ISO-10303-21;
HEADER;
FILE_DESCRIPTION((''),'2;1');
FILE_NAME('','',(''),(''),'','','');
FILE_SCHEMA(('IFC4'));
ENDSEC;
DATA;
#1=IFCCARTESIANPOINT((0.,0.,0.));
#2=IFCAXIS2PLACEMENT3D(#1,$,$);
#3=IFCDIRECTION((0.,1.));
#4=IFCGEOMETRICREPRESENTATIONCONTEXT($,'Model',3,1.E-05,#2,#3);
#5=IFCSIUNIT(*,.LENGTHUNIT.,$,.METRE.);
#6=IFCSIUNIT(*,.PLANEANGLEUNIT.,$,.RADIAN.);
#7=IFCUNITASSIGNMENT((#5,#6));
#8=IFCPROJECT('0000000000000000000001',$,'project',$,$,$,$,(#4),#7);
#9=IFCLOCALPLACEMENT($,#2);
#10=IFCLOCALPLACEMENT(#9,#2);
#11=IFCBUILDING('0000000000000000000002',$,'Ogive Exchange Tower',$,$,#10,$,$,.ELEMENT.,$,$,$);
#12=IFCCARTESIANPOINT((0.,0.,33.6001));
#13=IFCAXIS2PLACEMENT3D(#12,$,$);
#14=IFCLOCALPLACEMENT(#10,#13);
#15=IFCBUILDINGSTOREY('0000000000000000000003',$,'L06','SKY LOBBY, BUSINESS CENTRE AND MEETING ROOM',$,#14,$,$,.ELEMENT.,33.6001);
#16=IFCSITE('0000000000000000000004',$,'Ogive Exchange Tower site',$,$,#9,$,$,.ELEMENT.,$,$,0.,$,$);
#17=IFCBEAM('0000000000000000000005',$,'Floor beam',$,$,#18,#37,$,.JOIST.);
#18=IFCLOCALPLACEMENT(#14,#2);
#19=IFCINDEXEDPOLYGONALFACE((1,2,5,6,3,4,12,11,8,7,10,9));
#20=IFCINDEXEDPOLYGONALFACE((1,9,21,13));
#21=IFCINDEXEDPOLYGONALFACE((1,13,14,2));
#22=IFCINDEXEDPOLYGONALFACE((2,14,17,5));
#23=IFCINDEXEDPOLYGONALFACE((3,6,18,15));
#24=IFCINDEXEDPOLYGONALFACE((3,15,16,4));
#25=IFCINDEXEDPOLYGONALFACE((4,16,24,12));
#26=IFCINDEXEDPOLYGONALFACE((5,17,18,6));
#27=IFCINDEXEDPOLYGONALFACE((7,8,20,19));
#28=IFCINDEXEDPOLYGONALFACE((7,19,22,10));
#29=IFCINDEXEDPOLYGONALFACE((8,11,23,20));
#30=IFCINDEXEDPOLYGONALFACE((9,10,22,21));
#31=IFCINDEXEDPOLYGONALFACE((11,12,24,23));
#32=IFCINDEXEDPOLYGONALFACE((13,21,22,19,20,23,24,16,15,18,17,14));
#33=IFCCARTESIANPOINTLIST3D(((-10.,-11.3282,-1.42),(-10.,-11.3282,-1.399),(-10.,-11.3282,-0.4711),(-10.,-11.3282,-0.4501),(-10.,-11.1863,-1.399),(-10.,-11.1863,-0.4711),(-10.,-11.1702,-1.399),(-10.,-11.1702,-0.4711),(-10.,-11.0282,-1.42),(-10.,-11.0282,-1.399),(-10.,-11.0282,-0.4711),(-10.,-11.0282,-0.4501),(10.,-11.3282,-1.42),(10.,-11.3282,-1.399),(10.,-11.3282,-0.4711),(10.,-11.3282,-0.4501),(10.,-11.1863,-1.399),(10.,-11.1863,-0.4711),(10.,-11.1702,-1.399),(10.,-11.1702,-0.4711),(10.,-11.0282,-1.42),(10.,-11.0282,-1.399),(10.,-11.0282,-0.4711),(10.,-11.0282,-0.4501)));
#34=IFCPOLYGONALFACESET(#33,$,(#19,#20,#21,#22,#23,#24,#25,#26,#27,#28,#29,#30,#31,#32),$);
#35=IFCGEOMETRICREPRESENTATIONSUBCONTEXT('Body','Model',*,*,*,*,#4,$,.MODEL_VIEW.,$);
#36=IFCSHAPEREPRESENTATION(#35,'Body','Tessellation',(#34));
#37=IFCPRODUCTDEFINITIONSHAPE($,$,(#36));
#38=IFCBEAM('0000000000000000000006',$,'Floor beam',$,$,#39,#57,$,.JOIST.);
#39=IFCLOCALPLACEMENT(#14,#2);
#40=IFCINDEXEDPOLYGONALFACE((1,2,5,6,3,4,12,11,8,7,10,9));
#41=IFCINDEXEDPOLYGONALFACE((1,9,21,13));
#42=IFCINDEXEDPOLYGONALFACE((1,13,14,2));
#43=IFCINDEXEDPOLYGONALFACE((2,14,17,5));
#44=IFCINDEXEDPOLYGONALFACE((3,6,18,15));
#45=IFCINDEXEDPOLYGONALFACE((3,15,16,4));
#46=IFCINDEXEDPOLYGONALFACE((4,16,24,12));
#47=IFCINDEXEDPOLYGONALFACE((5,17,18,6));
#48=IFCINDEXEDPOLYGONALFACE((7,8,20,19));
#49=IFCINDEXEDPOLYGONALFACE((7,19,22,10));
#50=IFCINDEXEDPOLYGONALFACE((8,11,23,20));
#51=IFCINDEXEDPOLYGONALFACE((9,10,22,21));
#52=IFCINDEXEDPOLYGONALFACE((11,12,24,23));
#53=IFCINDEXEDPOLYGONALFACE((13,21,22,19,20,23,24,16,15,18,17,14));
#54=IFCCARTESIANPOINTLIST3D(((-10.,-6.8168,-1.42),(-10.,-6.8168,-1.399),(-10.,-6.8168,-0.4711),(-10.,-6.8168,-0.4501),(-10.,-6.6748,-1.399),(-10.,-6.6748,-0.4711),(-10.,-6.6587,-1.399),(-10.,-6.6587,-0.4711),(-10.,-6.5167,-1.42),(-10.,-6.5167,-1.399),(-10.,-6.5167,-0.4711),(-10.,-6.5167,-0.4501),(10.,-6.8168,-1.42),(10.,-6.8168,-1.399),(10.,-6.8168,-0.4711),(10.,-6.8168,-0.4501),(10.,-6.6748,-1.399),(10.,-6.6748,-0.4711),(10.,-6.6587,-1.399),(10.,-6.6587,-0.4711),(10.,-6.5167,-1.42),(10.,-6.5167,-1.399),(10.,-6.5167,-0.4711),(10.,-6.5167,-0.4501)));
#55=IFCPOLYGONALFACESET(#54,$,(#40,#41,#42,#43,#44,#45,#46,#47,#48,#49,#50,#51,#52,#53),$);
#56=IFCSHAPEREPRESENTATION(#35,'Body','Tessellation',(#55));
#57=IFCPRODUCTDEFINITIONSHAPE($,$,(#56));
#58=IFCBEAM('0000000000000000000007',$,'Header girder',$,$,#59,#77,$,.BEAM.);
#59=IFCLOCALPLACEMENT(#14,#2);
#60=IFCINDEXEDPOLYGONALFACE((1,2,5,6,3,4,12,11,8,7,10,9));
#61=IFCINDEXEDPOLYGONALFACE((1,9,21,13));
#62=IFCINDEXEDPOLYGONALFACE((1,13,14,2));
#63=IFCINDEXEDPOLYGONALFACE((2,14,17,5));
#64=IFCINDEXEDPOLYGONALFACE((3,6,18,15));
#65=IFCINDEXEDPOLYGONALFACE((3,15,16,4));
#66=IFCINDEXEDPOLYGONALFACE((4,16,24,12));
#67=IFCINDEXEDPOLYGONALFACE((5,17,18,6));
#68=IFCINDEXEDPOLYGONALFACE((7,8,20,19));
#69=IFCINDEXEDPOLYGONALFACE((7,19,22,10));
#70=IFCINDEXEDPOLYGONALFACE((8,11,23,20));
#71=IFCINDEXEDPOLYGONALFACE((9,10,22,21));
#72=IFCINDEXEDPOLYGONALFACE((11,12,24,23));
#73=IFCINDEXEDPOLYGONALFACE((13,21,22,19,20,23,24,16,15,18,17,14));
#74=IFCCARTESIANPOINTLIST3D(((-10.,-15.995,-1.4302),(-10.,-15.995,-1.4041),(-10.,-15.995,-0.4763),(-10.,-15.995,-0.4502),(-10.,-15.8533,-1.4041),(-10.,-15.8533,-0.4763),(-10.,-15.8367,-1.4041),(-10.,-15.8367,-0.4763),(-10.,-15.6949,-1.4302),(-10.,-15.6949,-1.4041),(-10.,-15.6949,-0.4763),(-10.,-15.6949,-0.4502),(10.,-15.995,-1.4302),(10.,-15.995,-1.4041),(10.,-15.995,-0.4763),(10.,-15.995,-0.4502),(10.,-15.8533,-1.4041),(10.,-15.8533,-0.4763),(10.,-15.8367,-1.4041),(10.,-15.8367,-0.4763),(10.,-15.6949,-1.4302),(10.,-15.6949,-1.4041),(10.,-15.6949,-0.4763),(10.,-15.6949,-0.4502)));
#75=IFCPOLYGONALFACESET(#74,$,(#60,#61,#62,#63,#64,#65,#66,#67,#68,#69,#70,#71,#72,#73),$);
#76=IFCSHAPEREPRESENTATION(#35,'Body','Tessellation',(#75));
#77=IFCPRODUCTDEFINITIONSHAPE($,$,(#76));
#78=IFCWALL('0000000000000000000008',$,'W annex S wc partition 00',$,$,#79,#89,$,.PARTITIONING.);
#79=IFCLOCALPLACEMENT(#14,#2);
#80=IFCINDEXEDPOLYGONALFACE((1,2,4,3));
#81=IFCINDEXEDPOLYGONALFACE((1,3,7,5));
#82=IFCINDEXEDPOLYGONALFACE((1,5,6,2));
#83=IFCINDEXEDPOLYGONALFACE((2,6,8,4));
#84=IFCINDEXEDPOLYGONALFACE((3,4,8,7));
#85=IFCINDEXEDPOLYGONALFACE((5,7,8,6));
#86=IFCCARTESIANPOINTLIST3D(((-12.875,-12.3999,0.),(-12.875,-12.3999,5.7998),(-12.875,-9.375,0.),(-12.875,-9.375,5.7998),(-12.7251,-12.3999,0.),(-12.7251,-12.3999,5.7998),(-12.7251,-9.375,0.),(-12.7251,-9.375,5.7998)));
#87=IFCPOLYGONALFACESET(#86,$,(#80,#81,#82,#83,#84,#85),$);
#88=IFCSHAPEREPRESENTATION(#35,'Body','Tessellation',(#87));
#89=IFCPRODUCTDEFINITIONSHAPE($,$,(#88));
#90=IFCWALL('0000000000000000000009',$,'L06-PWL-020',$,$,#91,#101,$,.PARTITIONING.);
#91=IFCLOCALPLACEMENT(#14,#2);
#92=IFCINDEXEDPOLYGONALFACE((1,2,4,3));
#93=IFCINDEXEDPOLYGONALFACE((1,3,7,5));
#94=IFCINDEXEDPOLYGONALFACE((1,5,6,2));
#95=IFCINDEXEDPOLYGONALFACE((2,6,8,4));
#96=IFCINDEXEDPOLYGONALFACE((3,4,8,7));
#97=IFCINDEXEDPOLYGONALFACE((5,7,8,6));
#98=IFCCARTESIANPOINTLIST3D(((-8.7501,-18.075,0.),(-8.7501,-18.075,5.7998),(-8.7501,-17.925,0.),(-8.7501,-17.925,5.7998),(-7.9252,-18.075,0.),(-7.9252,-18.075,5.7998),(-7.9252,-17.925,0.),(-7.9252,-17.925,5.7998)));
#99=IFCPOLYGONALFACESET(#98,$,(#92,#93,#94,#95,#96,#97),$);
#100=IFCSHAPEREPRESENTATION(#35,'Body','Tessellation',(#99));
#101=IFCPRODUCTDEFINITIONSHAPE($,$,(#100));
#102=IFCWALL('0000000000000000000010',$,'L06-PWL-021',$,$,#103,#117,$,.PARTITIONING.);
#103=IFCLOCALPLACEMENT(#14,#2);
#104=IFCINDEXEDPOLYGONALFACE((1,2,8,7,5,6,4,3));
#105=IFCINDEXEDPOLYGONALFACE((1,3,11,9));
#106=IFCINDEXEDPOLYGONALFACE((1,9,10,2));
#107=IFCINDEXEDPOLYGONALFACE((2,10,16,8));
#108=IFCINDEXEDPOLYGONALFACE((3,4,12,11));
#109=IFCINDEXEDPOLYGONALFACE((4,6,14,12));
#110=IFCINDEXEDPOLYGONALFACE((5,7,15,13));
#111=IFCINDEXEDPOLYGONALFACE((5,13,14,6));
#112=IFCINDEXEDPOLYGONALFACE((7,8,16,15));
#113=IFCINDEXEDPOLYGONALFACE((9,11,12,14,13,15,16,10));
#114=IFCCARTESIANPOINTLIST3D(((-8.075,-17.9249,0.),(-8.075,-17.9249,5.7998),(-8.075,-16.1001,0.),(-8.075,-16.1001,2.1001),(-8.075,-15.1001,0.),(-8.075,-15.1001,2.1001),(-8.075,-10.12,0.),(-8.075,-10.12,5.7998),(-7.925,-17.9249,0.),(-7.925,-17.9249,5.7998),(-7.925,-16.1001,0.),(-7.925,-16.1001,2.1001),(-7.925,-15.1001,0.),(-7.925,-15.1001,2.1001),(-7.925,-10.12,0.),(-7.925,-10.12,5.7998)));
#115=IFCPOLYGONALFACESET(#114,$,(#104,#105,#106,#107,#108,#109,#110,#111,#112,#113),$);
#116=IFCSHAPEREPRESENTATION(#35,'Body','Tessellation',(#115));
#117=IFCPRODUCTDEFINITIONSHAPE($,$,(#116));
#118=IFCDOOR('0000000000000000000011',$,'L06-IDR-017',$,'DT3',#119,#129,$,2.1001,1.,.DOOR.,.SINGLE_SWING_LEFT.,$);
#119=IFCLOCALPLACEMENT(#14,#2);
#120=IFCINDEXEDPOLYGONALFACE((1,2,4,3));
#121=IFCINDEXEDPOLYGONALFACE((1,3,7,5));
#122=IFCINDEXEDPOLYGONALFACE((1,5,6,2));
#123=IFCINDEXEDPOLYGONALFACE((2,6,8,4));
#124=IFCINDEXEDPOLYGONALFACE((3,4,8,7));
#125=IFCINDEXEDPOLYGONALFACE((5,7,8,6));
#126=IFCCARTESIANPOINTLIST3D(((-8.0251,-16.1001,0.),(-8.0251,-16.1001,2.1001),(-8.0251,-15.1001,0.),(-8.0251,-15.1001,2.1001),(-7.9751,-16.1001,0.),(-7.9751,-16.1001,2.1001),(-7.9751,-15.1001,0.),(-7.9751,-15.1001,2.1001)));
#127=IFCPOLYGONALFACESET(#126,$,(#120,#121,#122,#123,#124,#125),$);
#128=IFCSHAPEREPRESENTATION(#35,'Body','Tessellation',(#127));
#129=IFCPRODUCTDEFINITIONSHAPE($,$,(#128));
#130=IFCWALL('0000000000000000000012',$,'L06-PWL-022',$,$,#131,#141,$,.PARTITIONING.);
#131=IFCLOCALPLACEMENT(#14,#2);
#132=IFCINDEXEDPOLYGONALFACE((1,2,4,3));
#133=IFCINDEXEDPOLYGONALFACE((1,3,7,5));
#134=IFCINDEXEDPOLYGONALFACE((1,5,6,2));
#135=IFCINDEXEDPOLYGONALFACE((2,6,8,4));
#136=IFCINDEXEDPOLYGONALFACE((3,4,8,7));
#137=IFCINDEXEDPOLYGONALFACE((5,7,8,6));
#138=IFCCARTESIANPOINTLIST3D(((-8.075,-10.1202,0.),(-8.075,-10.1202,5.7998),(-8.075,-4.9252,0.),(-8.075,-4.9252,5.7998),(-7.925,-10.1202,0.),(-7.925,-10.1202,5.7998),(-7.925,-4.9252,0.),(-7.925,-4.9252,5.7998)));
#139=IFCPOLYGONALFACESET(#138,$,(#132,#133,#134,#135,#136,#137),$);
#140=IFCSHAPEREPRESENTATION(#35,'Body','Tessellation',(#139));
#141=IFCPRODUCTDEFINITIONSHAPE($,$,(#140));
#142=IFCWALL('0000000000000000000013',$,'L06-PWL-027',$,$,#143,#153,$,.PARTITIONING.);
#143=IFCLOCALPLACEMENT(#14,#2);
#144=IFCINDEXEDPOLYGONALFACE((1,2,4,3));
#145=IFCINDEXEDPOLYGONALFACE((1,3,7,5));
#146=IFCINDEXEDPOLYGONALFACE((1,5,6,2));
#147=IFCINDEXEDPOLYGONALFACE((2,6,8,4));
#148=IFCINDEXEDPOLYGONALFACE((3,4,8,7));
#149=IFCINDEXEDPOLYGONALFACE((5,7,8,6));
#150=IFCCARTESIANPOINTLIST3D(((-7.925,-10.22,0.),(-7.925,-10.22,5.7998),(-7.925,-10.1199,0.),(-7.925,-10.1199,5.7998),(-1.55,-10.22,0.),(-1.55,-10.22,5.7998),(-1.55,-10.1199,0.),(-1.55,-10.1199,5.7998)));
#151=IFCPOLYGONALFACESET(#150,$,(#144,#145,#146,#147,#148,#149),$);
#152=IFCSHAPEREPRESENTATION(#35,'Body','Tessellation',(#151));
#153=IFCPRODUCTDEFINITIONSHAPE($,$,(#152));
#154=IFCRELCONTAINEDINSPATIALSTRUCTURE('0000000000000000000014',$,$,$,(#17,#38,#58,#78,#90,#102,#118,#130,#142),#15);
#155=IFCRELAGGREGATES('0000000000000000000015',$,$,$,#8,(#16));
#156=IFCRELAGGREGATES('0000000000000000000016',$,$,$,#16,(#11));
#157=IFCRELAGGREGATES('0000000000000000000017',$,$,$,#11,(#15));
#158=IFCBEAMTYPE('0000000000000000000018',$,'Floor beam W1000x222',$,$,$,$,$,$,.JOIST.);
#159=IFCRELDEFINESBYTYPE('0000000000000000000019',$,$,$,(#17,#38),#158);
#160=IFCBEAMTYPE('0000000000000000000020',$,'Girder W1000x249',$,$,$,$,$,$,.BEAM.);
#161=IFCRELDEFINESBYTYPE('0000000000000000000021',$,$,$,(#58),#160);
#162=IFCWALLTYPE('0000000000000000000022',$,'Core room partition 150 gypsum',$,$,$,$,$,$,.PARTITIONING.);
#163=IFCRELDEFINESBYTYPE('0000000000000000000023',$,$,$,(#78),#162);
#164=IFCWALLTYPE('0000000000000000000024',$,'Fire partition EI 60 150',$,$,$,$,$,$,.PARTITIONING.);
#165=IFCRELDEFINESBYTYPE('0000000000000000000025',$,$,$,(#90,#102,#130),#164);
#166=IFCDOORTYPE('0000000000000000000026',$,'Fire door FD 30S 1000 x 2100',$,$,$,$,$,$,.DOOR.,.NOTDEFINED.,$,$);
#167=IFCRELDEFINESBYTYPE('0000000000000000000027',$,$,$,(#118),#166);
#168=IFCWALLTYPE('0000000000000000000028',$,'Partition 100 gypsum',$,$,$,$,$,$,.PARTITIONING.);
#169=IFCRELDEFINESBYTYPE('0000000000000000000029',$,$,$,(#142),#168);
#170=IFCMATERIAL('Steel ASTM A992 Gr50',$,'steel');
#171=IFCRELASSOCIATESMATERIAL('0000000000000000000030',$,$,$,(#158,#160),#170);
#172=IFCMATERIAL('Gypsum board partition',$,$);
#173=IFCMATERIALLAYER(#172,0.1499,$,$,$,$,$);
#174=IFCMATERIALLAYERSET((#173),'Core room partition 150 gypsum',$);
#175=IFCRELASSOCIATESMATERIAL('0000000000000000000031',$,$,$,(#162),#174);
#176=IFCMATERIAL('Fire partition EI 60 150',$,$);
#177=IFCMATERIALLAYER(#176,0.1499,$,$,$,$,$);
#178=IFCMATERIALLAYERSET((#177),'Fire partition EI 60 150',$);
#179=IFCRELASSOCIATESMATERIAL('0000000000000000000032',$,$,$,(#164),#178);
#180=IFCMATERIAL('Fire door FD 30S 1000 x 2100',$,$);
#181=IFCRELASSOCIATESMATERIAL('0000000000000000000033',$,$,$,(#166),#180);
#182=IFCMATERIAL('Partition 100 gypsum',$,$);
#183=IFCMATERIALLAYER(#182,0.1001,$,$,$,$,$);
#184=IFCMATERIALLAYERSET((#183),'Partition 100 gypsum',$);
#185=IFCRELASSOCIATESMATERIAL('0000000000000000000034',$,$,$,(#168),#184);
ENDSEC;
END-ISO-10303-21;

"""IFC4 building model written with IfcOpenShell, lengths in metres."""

from ifc_helpers import new_model, si_unit, direction, frame, frame_2d, origin, origin_2d, place, context, subcontext, project, spatial, rectangle, i_section, extrude, material, layer, layer_set, material_profile, profile_set, type_object, element, fill, save


model = new_model("IFC4")

# Units and contexts
model_context = context("Model", 3, precision=1e-05, world=origin(), true_north=direction((0.0, 1.0)))
body_context = subcontext(model_context, "Body", "Model", "MODEL_VIEW")
ifc_project = project(units=[si_unit("LENGTHUNIT", "METRE"), si_unit("PLANEANGLEUNIT", "RADIAN")], contexts=[model_context])

# Site, building, storey
site_placement = place(None, origin())
site = spatial("IfcSite", under=ifc_project, at=site_placement, Name="Ogive Exchange Tower site", CompositionType="ELEMENT", RefElevation=0.0)
building_placement = place(site_placement, origin())
building = spatial("IfcBuilding", under=site, at=building_placement, Name="Ogive Exchange Tower", CompositionType="ELEMENT")
storey_placement = place(building_placement, frame((0.0, 0.0, 33.6001)))
storey = spatial("IfcBuildingStorey", under=building, at=storey_placement, Name="L06", Description="SKY LOBBY, BUSINESS CENTRE AND MEETING ROOM", CompositionType="ELEMENT", Elevation=33.6001)

# Beams
ifc_material_1 = material(Name="Steel ASTM A992 Gr50", Category="steel")
ifc_material_profile_1 = material_profile(ifc_material_1, i_section(OverallWidth=0.3, OverallDepth=0.97, WebThickness=0.0161, FlangeThickness=0.021, at=origin_2d()), Name="W1000x222")
ifc_profile_set_1 = profile_set([ifc_material_profile_1], Name="Steel ASTM A992 Gr50")
beam_type_1 = type_object("IfcBeamType", Name="Floor beam W1000x222", PredefinedType="JOIST", material=ifc_profile_set_1)
for number, where, z_axis, x_axis, name in (
    (1, (-10.0, -11.1782, -0.9351), (1.0, 0.0, 0.0), (0.0, 1.0, 0.0), "Floor beam"),
    (2, (-10.0, -6.6667, -0.9351), (1.0, 0.0, 0.0), (0.0, 1.0, 0.0), "Floor beam"),
):
    element("IfcBeam", number, at=place(storey_placement, frame(where, z_axis=z_axis, x_axis=x_axis)), inside=storey, type_object=beam_type_1, Name=name, PredefinedType="JOIST", context=body_context, shape_type="SweptSolid", body=[
        extrude(i_section(OverallWidth=0.3, OverallDepth=0.97, WebThickness=0.0161, FlangeThickness=0.021, at=origin_2d()), origin(), (0.0, 0.0, 1.0), 20.0),
    ])
ifc_material_profile_2 = material_profile(ifc_material_1, i_section(OverallWidth=0.3, OverallDepth=0.98, WebThickness=0.0166, FlangeThickness=0.0261, at=origin_2d()), Name="W1000x249")
ifc_profile_set_2 = profile_set([ifc_material_profile_2], Name="Steel ASTM A992 Gr50")
beam_type_2 = type_object("IfcBeamType", Name="Girder W1000x249", PredefinedType="BEAM", material=ifc_profile_set_2)
beam_placement = place(storey_placement, frame((-10.0, -15.845, -0.9402), z_axis=(1.0, 0.0, 0.0), x_axis=(0.0, 1.0, 0.0)))
element("IfcBeam", 3, at=beam_placement, inside=storey, type_object=beam_type_2, Name="Header girder", PredefinedType="BEAM", context=body_context, shape_type="SweptSolid", body=[
    extrude(i_section(OverallWidth=0.3, OverallDepth=0.98, WebThickness=0.0166, FlangeThickness=0.0261, at=origin_2d()), origin(), (0.0, 0.0, 1.0), 20.0),
])

# Walls
ifc_material_2 = material(Name="Gypsum board partition")
ifc_layer_1 = layer(ifc_material_2, 0.1499)
ifc_layer_set_1 = layer_set([ifc_layer_1], Name="Core room partition 150 gypsum")
wall_type_1 = type_object("IfcWallType", Name="Core room partition 150 gypsum", PredefinedType="PARTITIONING", material=ifc_layer_set_1)
wall_1_placement = place(storey_placement, frame((-12.8, -12.3999, 0.0), z_axis=(0.0, 0.0, 1.0), x_axis=(0.0, 1.0, 0.0)))
element("IfcWall", 4, at=wall_1_placement, inside=storey, type_object=wall_type_1, Name="W annex S wc partition 00", PredefinedType="PARTITIONING", context=body_context, shape_type="SweptSolid", body=[
    extrude(rectangle(XDim=3.0249, YDim=0.1499, at=frame_2d((1.5125, 0.0))), origin(), (0.0, 0.0, 1.0), 5.7998),
])
ifc_material_3 = material(Name="Fire partition EI 60 150")
ifc_layer_2 = layer(ifc_material_3, 0.1499)
ifc_layer_set_2 = layer_set([ifc_layer_2], Name="Fire partition EI 60 150")
wall_type_2 = type_object("IfcWallType", Name="Fire partition EI 60 150", PredefinedType="PARTITIONING", material=ifc_layer_set_2)
wall_2_placement = place(storey_placement, frame((-7.925, -18.0, 0.0), z_axis=(0.0, 0.0, 1.0), x_axis=(-1.0, 0.0, 0.0)))
element("IfcWall", 5, at=wall_2_placement, inside=storey, type_object=wall_type_2, Name="L06-PWL-020", PredefinedType="PARTITIONING", context=body_context, shape_type="SweptSolid", body=[
    extrude(rectangle(XDim=0.825, YDim=0.1499, at=frame_2d((0.4126, 0.0))), origin(), (0.0, 0.0, 1.0), 5.7998),
])

# Wall, opening, door
wall_3_placement = place(storey_placement, frame((-8.0, -10.1201, 0.0), z_axis=(0.0, 0.0, 1.0), x_axis=(0.0, -1.0, 0.0)))
wall_3 = element("IfcWall", 6, at=wall_3_placement, inside=storey, type_object=wall_type_2, Name="L06-PWL-021", PredefinedType="PARTITIONING", context=body_context, shape_type="SweptSolid", body=[
    extrude(rectangle(XDim=7.8049, YDim=0.1499, at=frame_2d((3.9023, 0.0))), origin(), (0.0, 0.0, 1.0), 5.7998),
])
opening_1_placement = place(wall_3_placement, frame((4.98, 0.0, 0.0)))
opening_1 = element("IfcOpeningElement", 7, at=opening_1_placement, cuts=wall_3, PredefinedType="OPENING", context=body_context, shape_type="SweptSolid", body=[
    extrude(rectangle(XDim=1.0, YDim=2.1001, at=frame_2d((0.5, 1.05))), frame((0.0, 0.085, 0.0), z_axis=(0.0, -1.0, 0.0), x_axis=(1.0, 0.0, 0.0)), (0.0, 0.0, 1.0), 0.1699),
])
ifc_material_4 = material(Name="Fire door FD 30S 1000 x 2100")
door_type_1 = type_object("IfcDoorType", Name="Fire door FD 30S 1000 x 2100", OperationType="NOTDEFINED", PredefinedType="DOOR", material=ifc_material_4)
door_1_placement = place(opening_1_placement, origin())
door_1 = element("IfcDoor", 8, at=door_1_placement, inside=storey, type_object=door_type_1, Name="L06-IDR-017", ObjectType="DT3", OperationType="SINGLE_SWING_LEFT", OverallHeight=2.1001, OverallWidth=1.0, PredefinedType="DOOR", context=body_context, shape_type="SweptSolid", body=[
    extrude(rectangle(XDim=1.0, YDim=2.1001, at=frame_2d((0.5, 1.05))), frame((0.0, 0.0249, 0.0), z_axis=(0.0, -1.0, 0.0), x_axis=(1.0, 0.0, 0.0)), (0.0, 0.0, 1.0), 0.05),
])
fill(opening_1, door_1)

# Walls
wall_4_placement = place(storey_placement, frame((-8.0, -4.925, 0.0), z_axis=(0.0, 0.0, 1.0), x_axis=(0.0, -1.0, 0.0)))
element("IfcWall", 9, at=wall_4_placement, inside=storey, type_object=wall_type_2, Name="L06-PWL-022", PredefinedType="PARTITIONING", context=body_context, shape_type="SweptSolid", body=[
    extrude(rectangle(XDim=5.1951, YDim=0.1499, at=frame_2d((2.5977, 0.0))), origin(), (0.0, 0.0, 1.0), 5.7998),
])
ifc_material_5 = material(Name="Partition 100 gypsum")
ifc_layer_3 = layer(ifc_material_5, 0.1001)
ifc_layer_set_3 = layer_set([ifc_layer_3], Name="Partition 100 gypsum")
wall_type_3 = type_object("IfcWallType", Name="Partition 100 gypsum", PredefinedType="PARTITIONING", material=ifc_layer_set_3)
wall_5_placement = place(storey_placement, frame((-1.55, -10.1699, 0.0), z_axis=(0.0, 0.0, 1.0), x_axis=(-1.0, 0.0, 0.0)))
element("IfcWall", 10, at=wall_5_placement, inside=storey, type_object=wall_type_3, Name="L06-PWL-027", PredefinedType="PARTITIONING", context=body_context, shape_type="SweptSolid", body=[
    extrude(rectangle(XDim=6.375, YDim=0.1001, at=frame_2d((3.1875, 0.0))), origin(), (0.0, 0.0, 1.0), 5.7998),
])

save(model, "model.ifc")
